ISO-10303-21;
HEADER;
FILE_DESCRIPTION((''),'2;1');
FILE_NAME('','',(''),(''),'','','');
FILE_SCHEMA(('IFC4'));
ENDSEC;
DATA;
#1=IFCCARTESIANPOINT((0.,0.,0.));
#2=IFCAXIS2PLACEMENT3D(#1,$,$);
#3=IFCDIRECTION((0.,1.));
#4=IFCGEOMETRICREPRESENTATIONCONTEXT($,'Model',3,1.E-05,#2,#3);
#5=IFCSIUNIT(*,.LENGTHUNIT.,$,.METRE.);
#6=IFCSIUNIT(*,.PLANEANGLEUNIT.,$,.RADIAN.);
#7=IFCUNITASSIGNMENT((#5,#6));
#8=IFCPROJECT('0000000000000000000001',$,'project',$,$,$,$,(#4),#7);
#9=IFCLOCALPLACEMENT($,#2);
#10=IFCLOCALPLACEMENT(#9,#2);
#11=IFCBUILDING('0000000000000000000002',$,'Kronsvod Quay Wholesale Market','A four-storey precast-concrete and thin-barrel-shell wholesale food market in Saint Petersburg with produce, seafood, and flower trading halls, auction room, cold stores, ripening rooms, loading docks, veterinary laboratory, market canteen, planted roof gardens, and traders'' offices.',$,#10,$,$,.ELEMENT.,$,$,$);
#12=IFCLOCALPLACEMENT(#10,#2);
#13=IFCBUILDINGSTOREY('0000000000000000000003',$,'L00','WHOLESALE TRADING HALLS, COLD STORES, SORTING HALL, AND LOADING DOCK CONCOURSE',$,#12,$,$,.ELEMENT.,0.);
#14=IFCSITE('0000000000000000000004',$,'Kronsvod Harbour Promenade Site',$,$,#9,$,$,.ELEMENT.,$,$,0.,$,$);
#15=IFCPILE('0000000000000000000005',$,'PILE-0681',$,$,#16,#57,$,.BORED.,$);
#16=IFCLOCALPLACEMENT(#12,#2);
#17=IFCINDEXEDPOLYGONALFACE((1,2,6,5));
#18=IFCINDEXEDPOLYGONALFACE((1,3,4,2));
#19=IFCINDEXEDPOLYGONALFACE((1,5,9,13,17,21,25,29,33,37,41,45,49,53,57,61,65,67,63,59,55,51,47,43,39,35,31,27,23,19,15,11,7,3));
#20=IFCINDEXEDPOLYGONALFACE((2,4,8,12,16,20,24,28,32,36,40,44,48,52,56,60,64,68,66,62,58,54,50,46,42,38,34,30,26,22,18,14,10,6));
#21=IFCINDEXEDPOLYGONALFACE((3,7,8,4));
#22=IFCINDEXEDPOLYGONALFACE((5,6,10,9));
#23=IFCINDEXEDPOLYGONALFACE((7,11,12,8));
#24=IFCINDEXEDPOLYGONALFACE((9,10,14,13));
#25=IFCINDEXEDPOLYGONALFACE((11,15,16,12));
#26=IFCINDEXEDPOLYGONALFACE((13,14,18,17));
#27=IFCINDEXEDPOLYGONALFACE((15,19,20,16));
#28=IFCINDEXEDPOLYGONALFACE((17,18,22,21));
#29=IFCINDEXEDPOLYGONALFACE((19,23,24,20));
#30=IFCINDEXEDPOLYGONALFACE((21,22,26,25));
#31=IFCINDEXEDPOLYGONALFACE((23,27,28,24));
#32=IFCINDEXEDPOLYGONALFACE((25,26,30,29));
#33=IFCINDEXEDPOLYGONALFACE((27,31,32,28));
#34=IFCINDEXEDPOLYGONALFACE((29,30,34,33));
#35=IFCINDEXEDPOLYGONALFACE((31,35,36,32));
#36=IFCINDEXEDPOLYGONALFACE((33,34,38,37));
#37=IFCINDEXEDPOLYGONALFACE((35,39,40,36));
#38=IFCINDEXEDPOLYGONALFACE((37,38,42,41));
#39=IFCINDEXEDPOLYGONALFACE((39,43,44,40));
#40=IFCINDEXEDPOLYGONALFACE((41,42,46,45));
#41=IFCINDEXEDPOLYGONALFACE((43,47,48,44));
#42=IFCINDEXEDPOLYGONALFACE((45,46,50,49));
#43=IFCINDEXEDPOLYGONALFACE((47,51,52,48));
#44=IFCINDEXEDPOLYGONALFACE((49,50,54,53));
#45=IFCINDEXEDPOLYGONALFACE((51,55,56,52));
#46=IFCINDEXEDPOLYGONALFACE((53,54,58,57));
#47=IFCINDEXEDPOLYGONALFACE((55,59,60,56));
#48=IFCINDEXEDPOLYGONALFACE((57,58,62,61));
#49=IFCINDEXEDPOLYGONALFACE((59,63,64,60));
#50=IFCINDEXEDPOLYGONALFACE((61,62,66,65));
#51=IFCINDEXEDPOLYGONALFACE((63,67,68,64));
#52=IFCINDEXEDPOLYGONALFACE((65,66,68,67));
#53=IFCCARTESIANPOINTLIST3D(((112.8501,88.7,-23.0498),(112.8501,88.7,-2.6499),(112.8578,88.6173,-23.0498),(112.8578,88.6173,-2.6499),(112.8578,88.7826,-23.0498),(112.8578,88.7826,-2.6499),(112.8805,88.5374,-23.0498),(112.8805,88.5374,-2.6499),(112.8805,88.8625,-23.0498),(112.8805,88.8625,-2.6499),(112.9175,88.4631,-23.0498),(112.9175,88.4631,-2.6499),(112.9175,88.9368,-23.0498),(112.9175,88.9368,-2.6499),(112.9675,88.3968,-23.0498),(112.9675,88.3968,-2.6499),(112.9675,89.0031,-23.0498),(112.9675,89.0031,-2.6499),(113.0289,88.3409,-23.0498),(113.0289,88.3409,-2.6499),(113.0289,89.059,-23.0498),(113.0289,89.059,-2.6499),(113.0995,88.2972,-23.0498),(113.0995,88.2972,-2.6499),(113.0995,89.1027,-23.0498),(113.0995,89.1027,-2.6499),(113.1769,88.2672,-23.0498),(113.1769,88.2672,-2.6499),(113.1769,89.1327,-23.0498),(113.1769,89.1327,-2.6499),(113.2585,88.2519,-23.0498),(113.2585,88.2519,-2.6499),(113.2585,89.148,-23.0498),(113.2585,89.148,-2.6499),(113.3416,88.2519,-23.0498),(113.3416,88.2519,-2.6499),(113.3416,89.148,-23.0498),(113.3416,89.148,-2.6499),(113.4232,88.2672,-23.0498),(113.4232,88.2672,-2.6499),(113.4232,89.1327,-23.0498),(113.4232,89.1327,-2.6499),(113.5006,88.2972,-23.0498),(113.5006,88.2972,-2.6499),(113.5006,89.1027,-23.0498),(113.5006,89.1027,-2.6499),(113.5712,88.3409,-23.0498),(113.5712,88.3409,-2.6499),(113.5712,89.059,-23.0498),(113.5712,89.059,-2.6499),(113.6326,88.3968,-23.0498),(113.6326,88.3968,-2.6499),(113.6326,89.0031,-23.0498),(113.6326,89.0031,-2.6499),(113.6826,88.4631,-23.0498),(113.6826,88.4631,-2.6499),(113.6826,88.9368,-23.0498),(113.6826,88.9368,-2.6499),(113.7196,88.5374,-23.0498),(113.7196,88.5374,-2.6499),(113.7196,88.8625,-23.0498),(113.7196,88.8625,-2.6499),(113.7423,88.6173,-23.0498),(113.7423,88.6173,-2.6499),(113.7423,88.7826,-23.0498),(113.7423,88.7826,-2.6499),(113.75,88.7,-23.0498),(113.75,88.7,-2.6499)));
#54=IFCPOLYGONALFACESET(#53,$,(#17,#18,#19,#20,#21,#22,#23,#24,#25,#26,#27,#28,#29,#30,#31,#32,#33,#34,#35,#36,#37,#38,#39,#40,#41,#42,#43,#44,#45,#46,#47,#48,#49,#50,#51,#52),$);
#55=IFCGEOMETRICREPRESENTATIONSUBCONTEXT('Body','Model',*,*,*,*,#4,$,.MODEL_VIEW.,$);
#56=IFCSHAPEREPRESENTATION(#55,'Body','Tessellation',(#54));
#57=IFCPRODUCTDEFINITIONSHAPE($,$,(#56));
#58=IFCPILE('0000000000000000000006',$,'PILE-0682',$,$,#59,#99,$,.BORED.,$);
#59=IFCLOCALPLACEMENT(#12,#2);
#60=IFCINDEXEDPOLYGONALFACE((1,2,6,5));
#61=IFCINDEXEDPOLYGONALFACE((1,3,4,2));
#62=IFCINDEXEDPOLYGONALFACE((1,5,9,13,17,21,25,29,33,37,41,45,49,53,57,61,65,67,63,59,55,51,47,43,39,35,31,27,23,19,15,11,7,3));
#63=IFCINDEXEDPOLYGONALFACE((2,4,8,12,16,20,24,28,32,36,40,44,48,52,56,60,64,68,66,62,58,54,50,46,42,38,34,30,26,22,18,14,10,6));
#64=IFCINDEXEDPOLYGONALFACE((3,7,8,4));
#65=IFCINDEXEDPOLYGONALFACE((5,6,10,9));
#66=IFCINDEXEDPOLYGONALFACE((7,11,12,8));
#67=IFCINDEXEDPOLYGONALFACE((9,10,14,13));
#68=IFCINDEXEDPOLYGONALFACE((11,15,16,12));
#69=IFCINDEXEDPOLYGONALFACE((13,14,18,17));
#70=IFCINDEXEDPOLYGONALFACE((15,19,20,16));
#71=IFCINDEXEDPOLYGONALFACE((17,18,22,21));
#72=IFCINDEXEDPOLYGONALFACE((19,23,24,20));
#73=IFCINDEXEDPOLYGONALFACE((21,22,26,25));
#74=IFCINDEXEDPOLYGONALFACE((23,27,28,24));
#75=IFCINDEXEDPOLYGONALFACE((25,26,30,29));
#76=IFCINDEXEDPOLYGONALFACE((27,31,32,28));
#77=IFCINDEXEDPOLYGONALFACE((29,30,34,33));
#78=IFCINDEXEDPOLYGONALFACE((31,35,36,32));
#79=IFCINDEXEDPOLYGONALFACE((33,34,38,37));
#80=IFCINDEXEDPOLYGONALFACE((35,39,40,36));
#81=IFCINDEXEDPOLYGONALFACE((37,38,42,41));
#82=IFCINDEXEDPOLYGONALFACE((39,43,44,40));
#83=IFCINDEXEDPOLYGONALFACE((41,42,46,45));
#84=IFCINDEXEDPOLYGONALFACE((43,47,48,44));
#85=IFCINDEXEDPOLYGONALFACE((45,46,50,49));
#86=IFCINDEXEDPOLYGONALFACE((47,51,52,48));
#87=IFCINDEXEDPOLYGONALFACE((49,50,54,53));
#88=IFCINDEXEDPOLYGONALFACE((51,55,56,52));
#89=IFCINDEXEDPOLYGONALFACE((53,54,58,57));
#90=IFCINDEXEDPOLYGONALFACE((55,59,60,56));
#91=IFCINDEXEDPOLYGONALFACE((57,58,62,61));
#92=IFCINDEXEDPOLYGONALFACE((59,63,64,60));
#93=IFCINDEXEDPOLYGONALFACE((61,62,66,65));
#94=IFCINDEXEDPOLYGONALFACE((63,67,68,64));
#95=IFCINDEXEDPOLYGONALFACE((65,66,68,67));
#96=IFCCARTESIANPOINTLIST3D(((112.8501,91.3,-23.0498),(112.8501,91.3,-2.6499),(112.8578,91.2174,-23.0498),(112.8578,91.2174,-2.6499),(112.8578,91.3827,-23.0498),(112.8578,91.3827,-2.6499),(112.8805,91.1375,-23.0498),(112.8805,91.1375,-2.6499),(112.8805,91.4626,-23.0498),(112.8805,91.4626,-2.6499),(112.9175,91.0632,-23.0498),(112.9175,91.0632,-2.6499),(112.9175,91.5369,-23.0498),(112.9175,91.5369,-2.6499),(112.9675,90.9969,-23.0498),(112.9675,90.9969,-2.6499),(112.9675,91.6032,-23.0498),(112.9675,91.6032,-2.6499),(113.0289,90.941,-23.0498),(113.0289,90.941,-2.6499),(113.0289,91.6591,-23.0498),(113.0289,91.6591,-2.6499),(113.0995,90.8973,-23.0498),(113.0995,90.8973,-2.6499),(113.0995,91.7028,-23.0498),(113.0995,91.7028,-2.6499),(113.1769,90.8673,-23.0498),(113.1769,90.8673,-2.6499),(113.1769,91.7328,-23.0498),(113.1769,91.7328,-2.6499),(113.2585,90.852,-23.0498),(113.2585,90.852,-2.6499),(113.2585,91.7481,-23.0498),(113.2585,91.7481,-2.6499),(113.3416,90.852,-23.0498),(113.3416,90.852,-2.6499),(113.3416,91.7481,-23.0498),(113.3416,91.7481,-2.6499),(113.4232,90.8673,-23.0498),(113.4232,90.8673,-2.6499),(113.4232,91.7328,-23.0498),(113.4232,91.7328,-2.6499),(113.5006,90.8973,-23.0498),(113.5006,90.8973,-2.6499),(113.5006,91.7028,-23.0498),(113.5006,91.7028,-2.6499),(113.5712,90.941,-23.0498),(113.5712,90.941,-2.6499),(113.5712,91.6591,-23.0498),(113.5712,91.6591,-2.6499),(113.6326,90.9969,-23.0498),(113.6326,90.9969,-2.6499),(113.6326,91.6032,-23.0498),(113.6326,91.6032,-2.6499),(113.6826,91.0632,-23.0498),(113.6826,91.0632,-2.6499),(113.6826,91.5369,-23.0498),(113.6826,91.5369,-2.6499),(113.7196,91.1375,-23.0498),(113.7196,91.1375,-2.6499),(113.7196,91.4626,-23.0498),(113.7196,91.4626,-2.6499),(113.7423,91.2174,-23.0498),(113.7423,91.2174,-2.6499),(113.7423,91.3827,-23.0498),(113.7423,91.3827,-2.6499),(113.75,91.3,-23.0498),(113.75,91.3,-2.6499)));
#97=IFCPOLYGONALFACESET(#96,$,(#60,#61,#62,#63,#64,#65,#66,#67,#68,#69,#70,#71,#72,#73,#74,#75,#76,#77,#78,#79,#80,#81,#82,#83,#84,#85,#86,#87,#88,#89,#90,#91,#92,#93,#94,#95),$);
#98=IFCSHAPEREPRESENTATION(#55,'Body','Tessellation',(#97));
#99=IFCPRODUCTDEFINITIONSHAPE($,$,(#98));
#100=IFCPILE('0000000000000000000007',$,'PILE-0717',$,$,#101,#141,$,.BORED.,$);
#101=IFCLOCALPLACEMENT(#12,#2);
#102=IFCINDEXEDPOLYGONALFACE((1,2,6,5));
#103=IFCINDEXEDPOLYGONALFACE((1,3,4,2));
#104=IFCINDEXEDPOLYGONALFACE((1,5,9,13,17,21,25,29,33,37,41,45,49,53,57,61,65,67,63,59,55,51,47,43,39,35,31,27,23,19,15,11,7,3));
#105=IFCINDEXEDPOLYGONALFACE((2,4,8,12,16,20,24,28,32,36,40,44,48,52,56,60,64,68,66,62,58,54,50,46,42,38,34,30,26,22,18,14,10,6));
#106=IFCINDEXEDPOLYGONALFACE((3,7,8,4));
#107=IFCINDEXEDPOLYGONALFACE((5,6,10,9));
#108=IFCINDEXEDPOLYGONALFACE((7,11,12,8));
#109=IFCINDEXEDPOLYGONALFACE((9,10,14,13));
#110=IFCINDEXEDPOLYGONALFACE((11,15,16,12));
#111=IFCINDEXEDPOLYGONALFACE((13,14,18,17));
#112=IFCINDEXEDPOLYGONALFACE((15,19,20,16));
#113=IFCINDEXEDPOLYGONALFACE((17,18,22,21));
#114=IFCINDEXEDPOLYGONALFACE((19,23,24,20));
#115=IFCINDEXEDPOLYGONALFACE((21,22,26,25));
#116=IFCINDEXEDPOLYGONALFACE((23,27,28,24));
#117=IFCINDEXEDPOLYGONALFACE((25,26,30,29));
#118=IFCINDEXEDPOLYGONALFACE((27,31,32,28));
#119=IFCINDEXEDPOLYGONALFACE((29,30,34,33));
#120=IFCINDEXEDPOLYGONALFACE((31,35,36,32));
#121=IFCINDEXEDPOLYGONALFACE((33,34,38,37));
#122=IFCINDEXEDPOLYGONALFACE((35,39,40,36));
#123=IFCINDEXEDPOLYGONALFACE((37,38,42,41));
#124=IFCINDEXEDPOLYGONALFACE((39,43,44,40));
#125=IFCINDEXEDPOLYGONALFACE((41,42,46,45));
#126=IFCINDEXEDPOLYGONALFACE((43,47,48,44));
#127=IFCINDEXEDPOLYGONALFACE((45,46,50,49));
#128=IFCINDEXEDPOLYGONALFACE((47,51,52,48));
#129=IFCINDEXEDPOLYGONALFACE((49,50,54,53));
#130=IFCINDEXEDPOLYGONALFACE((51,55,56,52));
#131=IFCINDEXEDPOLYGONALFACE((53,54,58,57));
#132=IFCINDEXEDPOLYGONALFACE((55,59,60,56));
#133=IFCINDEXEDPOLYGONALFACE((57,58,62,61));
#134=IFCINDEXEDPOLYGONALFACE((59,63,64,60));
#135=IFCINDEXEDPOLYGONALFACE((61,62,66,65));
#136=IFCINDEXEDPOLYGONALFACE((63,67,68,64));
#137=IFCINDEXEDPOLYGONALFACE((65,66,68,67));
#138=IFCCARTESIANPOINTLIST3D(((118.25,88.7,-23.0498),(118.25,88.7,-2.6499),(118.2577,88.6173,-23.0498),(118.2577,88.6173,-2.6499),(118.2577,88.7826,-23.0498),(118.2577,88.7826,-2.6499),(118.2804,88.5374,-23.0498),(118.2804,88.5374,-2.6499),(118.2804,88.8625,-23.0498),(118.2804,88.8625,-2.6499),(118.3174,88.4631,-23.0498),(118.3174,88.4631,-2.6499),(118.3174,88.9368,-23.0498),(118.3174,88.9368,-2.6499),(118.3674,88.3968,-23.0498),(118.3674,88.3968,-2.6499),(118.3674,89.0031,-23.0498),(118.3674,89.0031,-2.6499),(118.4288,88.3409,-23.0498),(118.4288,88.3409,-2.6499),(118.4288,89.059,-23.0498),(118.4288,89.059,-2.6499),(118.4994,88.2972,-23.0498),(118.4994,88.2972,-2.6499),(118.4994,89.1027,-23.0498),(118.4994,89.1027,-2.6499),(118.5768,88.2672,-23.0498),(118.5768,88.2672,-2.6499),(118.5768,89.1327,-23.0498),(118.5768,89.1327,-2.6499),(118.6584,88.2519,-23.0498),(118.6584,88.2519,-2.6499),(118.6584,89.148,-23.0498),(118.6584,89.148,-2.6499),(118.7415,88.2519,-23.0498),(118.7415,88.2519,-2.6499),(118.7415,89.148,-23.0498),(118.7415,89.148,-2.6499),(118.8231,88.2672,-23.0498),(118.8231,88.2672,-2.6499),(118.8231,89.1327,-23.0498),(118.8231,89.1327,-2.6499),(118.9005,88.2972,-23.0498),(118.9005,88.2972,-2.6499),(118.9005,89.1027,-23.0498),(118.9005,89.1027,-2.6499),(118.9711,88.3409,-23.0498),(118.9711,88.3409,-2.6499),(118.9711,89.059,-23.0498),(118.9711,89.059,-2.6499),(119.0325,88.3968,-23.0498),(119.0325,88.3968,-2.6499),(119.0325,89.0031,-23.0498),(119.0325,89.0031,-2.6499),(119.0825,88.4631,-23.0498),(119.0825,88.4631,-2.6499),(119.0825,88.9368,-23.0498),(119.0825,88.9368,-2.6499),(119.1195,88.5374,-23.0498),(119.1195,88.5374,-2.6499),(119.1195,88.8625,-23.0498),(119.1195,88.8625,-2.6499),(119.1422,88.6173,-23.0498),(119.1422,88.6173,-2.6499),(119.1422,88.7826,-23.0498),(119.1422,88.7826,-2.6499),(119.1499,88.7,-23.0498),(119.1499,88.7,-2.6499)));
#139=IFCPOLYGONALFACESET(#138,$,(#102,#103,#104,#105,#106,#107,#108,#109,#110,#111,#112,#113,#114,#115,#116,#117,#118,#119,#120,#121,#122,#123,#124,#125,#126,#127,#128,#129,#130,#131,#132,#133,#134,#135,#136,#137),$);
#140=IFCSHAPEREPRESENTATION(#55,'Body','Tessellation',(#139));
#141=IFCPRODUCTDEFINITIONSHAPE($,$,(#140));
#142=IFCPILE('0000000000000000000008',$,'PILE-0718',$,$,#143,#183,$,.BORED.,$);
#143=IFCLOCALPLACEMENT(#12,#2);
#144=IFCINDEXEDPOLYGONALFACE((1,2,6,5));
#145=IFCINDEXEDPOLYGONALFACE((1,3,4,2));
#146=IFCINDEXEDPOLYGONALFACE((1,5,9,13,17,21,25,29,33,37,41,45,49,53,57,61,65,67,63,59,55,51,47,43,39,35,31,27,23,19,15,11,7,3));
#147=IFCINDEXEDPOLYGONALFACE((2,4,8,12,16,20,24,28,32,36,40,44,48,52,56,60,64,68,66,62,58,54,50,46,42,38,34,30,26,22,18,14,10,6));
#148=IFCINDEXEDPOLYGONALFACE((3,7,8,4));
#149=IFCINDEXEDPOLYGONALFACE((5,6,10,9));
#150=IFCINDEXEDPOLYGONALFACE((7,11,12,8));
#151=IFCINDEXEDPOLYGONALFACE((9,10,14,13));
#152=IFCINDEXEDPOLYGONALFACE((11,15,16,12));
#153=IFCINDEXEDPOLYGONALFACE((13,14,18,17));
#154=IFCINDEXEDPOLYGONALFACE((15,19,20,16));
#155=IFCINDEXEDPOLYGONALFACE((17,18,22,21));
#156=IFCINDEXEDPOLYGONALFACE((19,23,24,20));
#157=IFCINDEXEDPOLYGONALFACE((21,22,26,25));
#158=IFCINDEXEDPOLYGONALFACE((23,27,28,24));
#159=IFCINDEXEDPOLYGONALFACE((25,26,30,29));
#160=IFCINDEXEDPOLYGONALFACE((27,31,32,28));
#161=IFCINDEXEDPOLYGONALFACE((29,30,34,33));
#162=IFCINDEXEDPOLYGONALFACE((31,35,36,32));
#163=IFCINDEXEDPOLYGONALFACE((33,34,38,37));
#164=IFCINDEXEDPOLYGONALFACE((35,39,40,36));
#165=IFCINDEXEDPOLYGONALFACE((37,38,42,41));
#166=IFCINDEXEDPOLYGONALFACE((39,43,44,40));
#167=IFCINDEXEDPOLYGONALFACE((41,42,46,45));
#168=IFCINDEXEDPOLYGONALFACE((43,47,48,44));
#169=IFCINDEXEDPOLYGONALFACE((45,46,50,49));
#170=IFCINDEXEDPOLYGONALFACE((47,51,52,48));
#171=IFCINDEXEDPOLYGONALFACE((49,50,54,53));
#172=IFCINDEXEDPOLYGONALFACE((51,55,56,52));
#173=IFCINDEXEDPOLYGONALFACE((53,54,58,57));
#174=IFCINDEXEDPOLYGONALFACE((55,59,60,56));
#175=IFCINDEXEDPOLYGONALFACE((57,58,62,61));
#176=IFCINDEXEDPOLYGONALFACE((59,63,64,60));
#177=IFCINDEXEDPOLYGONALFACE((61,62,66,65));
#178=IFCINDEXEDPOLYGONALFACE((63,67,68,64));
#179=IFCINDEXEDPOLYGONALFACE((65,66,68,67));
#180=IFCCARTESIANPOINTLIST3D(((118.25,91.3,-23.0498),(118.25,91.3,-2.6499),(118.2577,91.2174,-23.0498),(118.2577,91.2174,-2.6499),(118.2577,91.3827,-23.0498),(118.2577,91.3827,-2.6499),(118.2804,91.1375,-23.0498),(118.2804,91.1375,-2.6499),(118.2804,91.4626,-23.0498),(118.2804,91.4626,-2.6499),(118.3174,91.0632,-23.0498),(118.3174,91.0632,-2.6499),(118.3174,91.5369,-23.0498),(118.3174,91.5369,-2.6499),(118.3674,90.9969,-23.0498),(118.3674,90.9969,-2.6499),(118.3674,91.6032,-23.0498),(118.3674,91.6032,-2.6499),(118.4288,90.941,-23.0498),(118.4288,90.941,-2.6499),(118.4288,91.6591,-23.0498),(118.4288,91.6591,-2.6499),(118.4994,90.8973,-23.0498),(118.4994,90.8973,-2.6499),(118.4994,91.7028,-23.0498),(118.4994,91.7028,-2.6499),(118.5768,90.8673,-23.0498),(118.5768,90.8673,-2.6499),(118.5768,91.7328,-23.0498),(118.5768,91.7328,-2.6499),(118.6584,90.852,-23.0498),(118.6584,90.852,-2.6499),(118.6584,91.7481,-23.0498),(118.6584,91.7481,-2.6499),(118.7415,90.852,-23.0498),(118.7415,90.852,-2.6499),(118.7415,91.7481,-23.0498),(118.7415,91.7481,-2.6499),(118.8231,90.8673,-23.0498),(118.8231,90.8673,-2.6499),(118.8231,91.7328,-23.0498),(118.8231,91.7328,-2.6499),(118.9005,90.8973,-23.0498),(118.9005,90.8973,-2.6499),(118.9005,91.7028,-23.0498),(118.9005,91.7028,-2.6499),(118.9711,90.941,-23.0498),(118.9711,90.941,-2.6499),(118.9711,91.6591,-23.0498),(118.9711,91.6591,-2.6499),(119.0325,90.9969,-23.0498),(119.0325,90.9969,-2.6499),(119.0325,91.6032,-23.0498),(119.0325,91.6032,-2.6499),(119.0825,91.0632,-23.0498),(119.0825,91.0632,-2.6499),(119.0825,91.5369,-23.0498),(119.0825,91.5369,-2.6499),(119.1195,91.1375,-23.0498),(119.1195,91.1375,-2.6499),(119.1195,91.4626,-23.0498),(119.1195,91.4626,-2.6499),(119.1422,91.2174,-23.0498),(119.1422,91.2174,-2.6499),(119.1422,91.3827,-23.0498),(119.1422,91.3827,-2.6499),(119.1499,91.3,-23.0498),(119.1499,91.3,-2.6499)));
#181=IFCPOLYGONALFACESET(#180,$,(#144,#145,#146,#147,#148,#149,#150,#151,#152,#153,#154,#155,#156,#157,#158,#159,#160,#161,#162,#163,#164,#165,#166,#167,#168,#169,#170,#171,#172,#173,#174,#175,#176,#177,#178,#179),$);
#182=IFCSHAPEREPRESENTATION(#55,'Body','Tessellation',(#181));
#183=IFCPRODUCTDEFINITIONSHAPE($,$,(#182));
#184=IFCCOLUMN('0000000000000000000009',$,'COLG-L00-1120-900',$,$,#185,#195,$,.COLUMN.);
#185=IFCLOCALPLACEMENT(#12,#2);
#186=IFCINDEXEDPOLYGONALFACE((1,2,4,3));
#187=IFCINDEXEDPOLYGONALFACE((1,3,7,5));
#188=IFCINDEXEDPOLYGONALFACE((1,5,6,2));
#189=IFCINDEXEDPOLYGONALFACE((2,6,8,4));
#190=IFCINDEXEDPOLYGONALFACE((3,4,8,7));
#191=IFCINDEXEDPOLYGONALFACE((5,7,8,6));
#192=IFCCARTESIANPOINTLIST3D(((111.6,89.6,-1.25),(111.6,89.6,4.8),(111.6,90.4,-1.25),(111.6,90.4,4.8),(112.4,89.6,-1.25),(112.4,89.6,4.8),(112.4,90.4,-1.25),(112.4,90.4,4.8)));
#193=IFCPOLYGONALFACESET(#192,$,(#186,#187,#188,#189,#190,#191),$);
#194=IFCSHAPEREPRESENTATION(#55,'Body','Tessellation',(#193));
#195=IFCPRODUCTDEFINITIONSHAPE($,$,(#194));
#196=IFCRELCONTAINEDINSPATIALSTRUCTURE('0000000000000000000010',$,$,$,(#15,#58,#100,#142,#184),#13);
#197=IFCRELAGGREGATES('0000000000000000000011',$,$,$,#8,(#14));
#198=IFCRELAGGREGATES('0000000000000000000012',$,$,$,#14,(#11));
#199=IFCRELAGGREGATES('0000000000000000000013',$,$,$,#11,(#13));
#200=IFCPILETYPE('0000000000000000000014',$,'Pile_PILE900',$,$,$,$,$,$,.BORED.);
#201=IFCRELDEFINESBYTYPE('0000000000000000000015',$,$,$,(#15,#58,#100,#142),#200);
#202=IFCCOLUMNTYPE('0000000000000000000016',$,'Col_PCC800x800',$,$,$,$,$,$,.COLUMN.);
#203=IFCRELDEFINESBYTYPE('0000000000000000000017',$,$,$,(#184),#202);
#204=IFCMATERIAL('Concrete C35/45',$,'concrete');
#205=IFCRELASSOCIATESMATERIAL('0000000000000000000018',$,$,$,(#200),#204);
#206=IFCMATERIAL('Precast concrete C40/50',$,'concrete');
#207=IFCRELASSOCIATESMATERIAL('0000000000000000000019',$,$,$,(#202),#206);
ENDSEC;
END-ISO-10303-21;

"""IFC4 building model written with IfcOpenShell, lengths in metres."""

from ifc_helpers import new_model, si_unit, direction, frame, origin, origin_2d, place, context, subcontext, project, spatial, rectangle, circle, extrude, material, material_profile, profile_set, type_object, element, save


model = new_model("IFC4")

# Units and contexts
model_context = context("Model", 3, precision=1e-05, world=origin(), true_north=direction((0.0, 1.0)))
body_context = subcontext(model_context, "Body", "Model", "MODEL_VIEW")
ifc_project = project(units=[si_unit("LENGTHUNIT", "METRE"), si_unit("PLANEANGLEUNIT", "RADIAN")], contexts=[model_context])

# Site, building, storey
site_placement = place(None, origin())
site = spatial("IfcSite", under=ifc_project, at=site_placement, Name="Kronsvod Harbour Promenade Site", CompositionType="ELEMENT", RefElevation=0.0)
building_placement = place(site_placement, origin())
building = spatial("IfcBuilding", under=site, at=building_placement, Name="Kronsvod Quay Wholesale Market", Description="A four-storey precast-concrete and thin-barrel-shell wholesale food market in Saint Petersburg with produce, seafood, and flower trading halls, auction room, cold stores, ripening rooms, loading docks, veterinary laboratory, market canteen, planted roof gardens, and traders' offices.", CompositionType="ELEMENT")
storey_placement = place(building_placement, origin())
storey = spatial("IfcBuildingStorey", under=building, at=storey_placement, Name="L00", Description="WHOLESALE TRADING HALLS, COLD STORES, SORTING HALL, AND LOADING DOCK CONCOURSE", CompositionType="ELEMENT", Elevation=0.0)

# Piles
ifc_material_1 = material(Name="Concrete C35/45", Category="concrete")
ifc_material_profile_1 = material_profile(ifc_material_1, circle(Radius=0.45, at=origin_2d()), Name="PILE900")
ifc_profile_set_1 = profile_set([ifc_material_profile_1], Name="Concrete C35/45")
pile_type_1 = type_object("IfcPileType", Name="Pile_PILE900", PredefinedType="BORED", material=ifc_profile_set_1)
for number, where, z_axis, x_axis, name in (
    (1, (113.3, 88.7, -2.6499), (0.0, 0.0, -1.0), (1.0, 0.0, 0.0), "PILE-0681"),
    (2, (113.3, 91.3, -2.6499), (0.0, 0.0, -1.0), (1.0, 0.0, 0.0), "PILE-0682"),
    (3, (118.7, 88.7, -2.6499), (0.0, 0.0, -1.0), (1.0, 0.0, 0.0), "PILE-0717"),
    (4, (118.7, 91.3, -2.6499), (0.0, 0.0, -1.0), (1.0, 0.0, 0.0), "PILE-0718"),
):
    element("IfcPile", number, at=place(storey_placement, frame(where, z_axis=z_axis, x_axis=x_axis)), inside=storey, type_object=pile_type_1, Name=name, PredefinedType="BORED", context=body_context, shape_type="SweptSolid", body=[
        extrude(circle(Radius=0.45, at=origin_2d()), origin(), (0.0, 0.0, 1.0), 20.3999),
    ])

# Column
ifc_material_2 = material(Name="Precast concrete C40/50", Category="concrete")
ifc_material_profile_2 = material_profile(ifc_material_2, rectangle(XDim=0.8, YDim=0.8, at=origin_2d()), Name="PCC800x800")
ifc_profile_set_2 = profile_set([ifc_material_profile_2], Name="Precast concrete C40/50")
column_type_1 = type_object("IfcColumnType", Name="Col_PCC800x800", PredefinedType="COLUMN", material=ifc_profile_set_2)
column_placement = place(storey_placement, frame((112.0, 90.0, -1.25), z_axis=(0.0, 0.0, 1.0), x_axis=(1.0, 0.0, 0.0)))
element("IfcColumn", 5, at=column_placement, inside=storey, type_object=column_type_1, Name="COLG-L00-1120-900", PredefinedType="COLUMN", context=body_context, shape_type="SweptSolid", body=[
    extrude(rectangle(XDim=0.8, YDim=0.8, at=origin_2d()), origin(), (0.0, 0.0, 1.0), 6.05),
])

save(model, "model.ifc")
